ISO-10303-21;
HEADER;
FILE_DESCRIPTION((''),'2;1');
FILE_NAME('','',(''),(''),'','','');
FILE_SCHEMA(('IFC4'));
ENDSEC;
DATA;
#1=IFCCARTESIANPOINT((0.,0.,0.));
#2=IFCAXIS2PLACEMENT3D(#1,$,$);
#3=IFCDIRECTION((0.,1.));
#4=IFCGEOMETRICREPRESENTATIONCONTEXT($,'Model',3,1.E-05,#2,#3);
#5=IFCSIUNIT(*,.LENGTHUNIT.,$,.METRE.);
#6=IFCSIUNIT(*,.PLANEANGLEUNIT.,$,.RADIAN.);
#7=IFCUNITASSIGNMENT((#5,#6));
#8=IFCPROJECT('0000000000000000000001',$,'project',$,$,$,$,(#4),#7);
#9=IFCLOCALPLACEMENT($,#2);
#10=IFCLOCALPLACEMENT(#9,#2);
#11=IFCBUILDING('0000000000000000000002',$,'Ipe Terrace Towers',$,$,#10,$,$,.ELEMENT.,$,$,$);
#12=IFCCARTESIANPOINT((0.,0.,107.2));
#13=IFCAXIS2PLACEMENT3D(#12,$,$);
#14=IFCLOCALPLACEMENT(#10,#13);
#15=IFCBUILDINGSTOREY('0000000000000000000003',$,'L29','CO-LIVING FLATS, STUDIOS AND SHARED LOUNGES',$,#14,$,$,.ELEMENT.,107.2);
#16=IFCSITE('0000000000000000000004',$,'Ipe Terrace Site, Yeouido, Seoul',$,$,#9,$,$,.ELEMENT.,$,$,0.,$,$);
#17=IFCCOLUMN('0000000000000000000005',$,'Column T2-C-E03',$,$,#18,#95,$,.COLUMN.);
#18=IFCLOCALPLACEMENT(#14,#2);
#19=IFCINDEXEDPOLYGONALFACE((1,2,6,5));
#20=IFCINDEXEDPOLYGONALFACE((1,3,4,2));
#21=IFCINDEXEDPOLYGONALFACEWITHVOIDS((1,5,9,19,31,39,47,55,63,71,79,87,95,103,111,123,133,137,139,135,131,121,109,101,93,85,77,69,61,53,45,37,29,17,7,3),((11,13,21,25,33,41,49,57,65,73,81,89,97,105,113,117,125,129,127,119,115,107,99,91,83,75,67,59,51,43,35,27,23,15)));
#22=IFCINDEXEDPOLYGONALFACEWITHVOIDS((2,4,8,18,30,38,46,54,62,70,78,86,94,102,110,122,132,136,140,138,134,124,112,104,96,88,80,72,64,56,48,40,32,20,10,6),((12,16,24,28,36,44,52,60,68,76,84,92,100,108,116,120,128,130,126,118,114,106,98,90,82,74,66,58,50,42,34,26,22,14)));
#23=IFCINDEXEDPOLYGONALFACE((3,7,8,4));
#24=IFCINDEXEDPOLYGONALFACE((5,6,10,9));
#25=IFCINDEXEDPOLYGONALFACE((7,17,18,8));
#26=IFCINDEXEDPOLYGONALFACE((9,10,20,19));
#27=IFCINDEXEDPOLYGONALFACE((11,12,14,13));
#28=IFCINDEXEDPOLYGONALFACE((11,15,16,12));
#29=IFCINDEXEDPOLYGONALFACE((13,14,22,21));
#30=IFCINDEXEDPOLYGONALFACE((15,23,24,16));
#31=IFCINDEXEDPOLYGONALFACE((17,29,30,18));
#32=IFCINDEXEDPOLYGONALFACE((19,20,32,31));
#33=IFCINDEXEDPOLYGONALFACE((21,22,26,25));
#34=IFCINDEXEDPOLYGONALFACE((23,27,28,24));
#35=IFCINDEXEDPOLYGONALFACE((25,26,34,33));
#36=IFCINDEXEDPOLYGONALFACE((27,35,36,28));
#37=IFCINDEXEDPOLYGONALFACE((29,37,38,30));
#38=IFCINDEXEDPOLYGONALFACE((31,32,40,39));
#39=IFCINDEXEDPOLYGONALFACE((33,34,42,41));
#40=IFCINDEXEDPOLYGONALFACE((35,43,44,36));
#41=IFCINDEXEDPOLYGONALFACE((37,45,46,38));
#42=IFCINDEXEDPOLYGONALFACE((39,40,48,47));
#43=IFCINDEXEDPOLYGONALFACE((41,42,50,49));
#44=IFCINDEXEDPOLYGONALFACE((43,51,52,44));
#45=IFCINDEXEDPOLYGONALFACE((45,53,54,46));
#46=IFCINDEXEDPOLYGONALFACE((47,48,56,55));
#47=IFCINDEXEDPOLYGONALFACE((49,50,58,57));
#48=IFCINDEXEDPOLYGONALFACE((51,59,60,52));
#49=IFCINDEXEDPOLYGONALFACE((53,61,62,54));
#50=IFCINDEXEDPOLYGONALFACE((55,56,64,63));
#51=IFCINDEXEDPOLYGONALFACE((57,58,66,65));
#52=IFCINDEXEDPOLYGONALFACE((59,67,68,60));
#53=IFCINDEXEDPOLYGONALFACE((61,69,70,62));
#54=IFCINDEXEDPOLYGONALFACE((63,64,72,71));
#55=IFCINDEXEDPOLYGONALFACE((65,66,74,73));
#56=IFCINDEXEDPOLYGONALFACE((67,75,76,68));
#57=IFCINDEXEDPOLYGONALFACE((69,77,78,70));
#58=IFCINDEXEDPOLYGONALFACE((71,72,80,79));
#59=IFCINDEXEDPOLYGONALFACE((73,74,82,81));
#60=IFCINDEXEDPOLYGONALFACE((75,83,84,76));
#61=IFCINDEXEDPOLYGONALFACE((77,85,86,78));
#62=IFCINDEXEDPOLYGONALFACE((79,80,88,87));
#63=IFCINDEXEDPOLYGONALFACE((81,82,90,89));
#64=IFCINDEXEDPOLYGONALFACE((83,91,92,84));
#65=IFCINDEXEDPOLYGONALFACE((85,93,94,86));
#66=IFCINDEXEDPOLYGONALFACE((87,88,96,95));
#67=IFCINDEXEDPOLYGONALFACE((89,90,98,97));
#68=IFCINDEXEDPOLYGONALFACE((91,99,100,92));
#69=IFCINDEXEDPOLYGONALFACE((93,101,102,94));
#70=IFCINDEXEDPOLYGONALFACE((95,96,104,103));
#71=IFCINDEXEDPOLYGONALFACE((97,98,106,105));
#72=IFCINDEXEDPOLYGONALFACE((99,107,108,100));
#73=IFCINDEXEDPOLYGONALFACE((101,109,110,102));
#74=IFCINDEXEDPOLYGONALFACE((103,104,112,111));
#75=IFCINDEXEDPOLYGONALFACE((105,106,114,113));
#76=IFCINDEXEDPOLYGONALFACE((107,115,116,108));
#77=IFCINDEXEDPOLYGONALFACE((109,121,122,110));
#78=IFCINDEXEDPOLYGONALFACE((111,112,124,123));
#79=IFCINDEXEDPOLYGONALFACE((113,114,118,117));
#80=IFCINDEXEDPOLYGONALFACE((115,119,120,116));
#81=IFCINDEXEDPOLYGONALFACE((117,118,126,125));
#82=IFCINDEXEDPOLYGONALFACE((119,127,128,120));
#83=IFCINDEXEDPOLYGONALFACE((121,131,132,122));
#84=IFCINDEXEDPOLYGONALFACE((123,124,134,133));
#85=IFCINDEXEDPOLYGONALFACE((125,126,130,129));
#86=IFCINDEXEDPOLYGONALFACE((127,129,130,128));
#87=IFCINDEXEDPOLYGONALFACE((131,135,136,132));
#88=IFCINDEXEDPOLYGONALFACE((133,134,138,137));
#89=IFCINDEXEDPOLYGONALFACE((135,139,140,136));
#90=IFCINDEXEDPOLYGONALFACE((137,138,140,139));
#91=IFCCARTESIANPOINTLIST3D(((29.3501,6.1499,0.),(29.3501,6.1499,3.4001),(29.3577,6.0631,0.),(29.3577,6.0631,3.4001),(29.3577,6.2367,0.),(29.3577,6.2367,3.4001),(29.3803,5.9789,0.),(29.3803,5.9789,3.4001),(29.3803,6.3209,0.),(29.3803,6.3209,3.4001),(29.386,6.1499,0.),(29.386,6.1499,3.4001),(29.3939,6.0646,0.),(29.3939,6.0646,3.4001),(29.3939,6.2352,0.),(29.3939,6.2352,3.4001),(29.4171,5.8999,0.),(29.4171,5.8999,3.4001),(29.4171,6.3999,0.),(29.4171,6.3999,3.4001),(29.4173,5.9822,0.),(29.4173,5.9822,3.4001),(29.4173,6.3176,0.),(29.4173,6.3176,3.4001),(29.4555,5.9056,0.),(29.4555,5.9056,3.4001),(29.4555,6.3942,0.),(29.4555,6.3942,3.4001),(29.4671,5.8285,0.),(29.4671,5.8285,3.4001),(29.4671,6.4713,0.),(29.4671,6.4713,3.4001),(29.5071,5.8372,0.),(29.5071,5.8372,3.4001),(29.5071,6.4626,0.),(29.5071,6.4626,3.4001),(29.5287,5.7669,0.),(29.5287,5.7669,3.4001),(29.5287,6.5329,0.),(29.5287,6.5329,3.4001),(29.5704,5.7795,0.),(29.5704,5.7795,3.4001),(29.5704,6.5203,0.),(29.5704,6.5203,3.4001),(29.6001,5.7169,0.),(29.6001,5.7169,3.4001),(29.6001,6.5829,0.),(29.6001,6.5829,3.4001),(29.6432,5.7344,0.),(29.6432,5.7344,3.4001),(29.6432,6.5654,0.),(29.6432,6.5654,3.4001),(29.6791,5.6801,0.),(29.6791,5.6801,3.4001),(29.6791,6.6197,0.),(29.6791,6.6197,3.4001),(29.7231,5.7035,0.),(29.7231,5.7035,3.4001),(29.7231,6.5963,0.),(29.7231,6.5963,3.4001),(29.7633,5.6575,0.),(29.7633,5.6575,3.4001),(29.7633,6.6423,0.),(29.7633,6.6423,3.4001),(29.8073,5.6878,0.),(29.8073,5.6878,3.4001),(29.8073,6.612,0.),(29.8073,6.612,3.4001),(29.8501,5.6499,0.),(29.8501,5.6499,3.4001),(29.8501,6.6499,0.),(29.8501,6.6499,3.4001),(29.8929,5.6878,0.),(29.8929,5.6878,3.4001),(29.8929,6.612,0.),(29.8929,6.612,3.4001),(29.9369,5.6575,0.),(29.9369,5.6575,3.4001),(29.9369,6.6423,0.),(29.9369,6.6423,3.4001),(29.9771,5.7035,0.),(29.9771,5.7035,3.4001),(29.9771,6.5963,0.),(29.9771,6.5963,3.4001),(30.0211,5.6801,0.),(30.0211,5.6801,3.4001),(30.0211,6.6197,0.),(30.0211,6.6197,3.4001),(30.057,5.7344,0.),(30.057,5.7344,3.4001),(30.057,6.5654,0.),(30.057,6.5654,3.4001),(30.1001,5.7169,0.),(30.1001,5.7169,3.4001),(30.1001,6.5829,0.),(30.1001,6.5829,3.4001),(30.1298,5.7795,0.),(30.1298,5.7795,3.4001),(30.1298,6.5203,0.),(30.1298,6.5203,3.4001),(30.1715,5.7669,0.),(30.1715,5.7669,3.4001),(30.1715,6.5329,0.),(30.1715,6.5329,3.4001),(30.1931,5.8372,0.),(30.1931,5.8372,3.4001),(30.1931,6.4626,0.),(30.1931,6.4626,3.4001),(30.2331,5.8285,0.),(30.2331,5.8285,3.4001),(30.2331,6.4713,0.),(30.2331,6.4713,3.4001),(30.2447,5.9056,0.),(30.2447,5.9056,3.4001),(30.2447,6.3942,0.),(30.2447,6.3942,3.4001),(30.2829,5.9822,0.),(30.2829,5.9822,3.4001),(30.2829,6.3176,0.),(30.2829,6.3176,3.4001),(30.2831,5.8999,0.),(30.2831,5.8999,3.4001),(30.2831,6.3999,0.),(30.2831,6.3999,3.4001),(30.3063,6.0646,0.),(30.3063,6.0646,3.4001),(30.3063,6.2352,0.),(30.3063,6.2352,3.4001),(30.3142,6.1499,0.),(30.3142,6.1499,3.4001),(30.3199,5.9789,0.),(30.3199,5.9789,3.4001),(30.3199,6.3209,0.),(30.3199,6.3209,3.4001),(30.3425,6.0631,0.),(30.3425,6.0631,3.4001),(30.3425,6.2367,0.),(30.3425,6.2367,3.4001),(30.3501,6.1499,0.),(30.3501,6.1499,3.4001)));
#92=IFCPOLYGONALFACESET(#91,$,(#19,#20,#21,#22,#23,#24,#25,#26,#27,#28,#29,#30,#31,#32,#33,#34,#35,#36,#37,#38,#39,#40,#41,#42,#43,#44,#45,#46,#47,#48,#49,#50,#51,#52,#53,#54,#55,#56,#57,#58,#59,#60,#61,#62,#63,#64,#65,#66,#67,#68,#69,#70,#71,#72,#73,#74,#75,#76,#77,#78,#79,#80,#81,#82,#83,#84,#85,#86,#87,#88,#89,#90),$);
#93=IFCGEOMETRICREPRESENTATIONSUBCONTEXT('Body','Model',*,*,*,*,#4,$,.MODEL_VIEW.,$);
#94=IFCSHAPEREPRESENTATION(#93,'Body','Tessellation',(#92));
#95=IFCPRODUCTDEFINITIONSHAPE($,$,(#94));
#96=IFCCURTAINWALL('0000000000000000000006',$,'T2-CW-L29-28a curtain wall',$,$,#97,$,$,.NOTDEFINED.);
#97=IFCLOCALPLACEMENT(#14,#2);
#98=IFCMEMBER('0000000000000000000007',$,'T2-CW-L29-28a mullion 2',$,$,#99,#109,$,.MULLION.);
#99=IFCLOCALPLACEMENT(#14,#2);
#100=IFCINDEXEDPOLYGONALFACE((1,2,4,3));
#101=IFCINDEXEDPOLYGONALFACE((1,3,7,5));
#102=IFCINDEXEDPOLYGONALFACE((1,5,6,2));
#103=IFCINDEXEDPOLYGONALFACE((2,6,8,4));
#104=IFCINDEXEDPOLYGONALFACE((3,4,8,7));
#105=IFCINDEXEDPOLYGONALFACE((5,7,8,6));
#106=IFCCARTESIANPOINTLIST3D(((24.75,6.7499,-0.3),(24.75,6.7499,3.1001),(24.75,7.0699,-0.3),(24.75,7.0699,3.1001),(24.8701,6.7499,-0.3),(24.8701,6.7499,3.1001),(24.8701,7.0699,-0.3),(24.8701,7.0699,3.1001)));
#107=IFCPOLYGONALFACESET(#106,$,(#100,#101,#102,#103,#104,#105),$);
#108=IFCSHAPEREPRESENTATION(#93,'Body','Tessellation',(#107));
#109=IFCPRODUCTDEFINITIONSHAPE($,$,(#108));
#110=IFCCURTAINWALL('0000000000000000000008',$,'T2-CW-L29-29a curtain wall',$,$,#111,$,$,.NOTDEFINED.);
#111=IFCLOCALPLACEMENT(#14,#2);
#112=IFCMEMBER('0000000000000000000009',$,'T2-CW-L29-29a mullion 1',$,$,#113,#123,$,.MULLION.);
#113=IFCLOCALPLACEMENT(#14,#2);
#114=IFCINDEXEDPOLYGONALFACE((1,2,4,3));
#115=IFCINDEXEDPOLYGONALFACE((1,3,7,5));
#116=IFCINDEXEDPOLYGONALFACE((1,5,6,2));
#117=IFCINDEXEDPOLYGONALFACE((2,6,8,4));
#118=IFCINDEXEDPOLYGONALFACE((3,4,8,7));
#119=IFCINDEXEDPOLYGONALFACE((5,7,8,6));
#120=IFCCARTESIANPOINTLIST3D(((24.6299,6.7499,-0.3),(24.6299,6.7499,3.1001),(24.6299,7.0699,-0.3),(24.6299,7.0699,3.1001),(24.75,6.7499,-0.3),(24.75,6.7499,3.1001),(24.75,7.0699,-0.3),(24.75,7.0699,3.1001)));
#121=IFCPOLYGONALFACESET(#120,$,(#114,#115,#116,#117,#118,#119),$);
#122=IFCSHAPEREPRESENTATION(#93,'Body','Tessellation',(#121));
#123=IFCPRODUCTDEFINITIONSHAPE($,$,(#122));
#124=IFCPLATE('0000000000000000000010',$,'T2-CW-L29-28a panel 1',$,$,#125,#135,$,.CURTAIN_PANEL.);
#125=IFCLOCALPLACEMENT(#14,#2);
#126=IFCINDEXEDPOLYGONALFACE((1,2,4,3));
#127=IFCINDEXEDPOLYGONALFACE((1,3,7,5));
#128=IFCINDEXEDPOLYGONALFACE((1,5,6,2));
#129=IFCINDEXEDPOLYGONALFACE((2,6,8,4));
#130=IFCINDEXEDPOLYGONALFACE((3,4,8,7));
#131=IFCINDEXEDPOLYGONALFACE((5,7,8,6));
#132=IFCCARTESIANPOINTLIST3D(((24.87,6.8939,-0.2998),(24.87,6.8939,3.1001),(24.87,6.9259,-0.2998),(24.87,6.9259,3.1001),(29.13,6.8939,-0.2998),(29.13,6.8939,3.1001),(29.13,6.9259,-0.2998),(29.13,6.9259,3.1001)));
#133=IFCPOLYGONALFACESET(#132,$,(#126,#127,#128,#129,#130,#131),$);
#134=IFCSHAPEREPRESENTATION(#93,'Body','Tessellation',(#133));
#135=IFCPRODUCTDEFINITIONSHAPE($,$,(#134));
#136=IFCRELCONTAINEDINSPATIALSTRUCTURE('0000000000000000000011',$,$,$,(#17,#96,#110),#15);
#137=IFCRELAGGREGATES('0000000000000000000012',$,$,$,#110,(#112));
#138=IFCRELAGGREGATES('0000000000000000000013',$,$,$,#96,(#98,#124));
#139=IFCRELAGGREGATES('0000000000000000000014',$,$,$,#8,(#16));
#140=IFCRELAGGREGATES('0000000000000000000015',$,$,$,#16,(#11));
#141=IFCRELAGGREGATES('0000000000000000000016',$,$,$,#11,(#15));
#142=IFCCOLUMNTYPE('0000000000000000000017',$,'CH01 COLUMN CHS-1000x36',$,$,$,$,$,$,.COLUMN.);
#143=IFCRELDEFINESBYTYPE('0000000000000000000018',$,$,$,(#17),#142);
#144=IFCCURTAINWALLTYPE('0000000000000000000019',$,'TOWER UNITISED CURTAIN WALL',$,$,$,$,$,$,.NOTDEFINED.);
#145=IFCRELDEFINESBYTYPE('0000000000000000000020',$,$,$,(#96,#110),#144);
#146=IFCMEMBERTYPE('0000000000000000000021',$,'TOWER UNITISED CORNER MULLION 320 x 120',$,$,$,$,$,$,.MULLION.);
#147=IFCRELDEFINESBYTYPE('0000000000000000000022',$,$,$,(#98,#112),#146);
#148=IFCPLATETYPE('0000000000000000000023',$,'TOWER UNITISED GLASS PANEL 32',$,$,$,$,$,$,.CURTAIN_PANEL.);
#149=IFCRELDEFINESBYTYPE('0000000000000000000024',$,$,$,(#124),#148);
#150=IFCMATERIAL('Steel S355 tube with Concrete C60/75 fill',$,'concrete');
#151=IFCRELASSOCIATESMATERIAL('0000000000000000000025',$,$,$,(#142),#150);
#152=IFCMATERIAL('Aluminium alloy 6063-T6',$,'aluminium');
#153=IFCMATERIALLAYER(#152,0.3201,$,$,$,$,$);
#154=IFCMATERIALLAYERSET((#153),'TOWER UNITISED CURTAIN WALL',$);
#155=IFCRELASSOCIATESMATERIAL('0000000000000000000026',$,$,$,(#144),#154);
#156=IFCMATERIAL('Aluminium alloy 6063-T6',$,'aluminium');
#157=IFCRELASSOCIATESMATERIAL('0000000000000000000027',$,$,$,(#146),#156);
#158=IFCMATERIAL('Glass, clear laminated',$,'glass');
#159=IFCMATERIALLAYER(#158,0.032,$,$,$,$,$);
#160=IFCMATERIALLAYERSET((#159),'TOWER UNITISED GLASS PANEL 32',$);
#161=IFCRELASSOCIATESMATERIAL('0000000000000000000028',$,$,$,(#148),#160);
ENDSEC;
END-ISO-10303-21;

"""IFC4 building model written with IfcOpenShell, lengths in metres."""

from ifc_helpers import new_model, si_unit, direction, frame, origin, origin_2d, place, context, subcontext, project, spatial, rectangle, hollow_circle, extrude, material, layer, layer_set, material_profile, profile_set, type_object, element, aggregate, save


model = new_model("IFC4")

# Units and contexts
model_context = context("Model", 3, precision=1e-05, world=origin(), true_north=direction((0.0, 1.0)))
body_context = subcontext(model_context, "Body", "Model", "MODEL_VIEW")
ifc_project = project(units=[si_unit("LENGTHUNIT", "METRE"), si_unit("PLANEANGLEUNIT", "RADIAN")], contexts=[model_context])

# Site, building, storey
site_placement = place(None, origin())
site = spatial("IfcSite", under=ifc_project, at=site_placement, Name="Ipe Terrace Site, Yeouido, Seoul", CompositionType="ELEMENT", RefElevation=0.0)
building_placement = place(site_placement, origin())
building = spatial("IfcBuilding", under=site, at=building_placement, Name="Ipe Terrace Towers", CompositionType="ELEMENT")
storey_placement = place(building_placement, frame((0.0, 0.0, 107.2)))
storey = spatial("IfcBuildingStorey", under=building, at=storey_placement, Name="L29", Description="CO-LIVING FLATS, STUDIOS AND SHARED LOUNGES", CompositionType="ELEMENT", Elevation=107.2)

# Column
ifc_material_1 = material(Name="Steel S355 tube with Concrete C60/75 fill", Category="concrete")
ifc_material_profile_1 = material_profile(ifc_material_1, hollow_circle(Radius=0.5, WallThickness=0.0359, at=origin_2d()), Name="CHS-1000x36")
ifc_profile_set_1 = profile_set([ifc_material_profile_1], Name="Steel S355 tube with Concrete C60/75 fill")
column_type = type_object("IfcColumnType", Name="CH01 COLUMN CHS-1000x36", PredefinedType="COLUMN", material=ifc_profile_set_1)
column_placement = place(storey_placement, frame((29.8501, 6.1499, 0.0), z_axis=(0.0, 0.0, 1.0), x_axis=(1.0, 0.0, 0.0)))
element("IfcColumn", 1, at=column_placement, inside=storey, type_object=column_type, Name="Column T2-C-E03", PredefinedType="COLUMN", context=body_context, shape_type="SweptSolid", body=[
    extrude(hollow_circle(Radius=0.5, WallThickness=0.0359, at=origin_2d()), origin(), (0.0, 0.0, 1.0), 3.4001),
])

# Curtain walls, members
ifc_material_2 = material(Name="Aluminium alloy 6063-T6", Category="aluminium")
ifc_layer_1 = layer(ifc_material_2, 0.3201)
ifc_layer_set_1 = layer_set([ifc_layer_1], Name="TOWER UNITISED CURTAIN WALL")
curtain_wall_type = type_object("IfcCurtainWallType", Name="TOWER UNITISED CURTAIN WALL", PredefinedType="NOTDEFINED", material=ifc_layer_set_1)
curtain_wall_1_placement = place(storey_placement, origin())
curtain_wall_1 = element("IfcCurtainWall", 2, at=curtain_wall_1_placement, inside=storey, type_object=curtain_wall_type, Name="T2-CW-L29-28a curtain wall", PredefinedType="NOTDEFINED")
ifc_material_3 = material(Name="Aluminium alloy 6063-T6", Category="aluminium")
ifc_material_profile_2 = material_profile(ifc_material_3, rectangle(XDim=0.3201, YDim=0.1201, at=origin_2d()), Name="TOWER UNITISED CORNER MULLION 320 x 120")
ifc_profile_set_2 = profile_set([ifc_material_profile_2], Name="Aluminium alloy 6063-T6")
member_type = type_object("IfcMemberType", Name="TOWER UNITISED CORNER MULLION 320 x 120", PredefinedType="MULLION", material=ifc_profile_set_2)
member_1_placement = place(storey_placement, frame((24.8101, 6.9099, -0.3), z_axis=(0.0, 0.0, 1.0), x_axis=(0.0, 1.0, 0.0)))
member_1 = element("IfcMember", 3, at=member_1_placement, type_object=member_type, Name="T2-CW-L29-28a mullion 2", PredefinedType="MULLION", context=body_context, shape_type="SweptSolid", body=[
    extrude(rectangle(XDim=0.3201, YDim=0.1201, at=origin_2d()), origin(), (0.0, 0.0, 1.0), 3.4001),
])
curtain_wall_2_placement = place(storey_placement, origin())
curtain_wall_2 = element("IfcCurtainWall", 4, at=curtain_wall_2_placement, inside=storey, type_object=curtain_wall_type, Name="T2-CW-L29-29a curtain wall", PredefinedType="NOTDEFINED")
member_2_placement = place(storey_placement, frame((24.6899, 6.9099, -0.3), z_axis=(0.0, 0.0, 1.0), x_axis=(0.0, 1.0, 0.0)))
member_2 = element("IfcMember", 5, at=member_2_placement, type_object=member_type, Name="T2-CW-L29-29a mullion 1", PredefinedType="MULLION", context=body_context, shape_type="SweptSolid", body=[
    extrude(rectangle(XDim=0.3201, YDim=0.1201, at=origin_2d()), origin(), (0.0, 0.0, 1.0), 3.4001),
])
aggregate(curtain_wall_2, [member_2])

# Plate
ifc_material_4 = material(Name="Glass, clear laminated", Category="glass")
ifc_layer_2 = layer(ifc_material_4, 0.032)
ifc_layer_set_2 = layer_set([ifc_layer_2], Name="TOWER UNITISED GLASS PANEL 32")
plate_type = type_object("IfcPlateType", Name="TOWER UNITISED GLASS PANEL 32", PredefinedType="CURTAIN_PANEL", material=ifc_layer_set_2)
plate_placement = place(storey_placement, frame((27.0, 6.9099, -0.2998), z_axis=(0.0, 0.0, 1.0), x_axis=(-1.0, 0.0, 0.0)))
plate = element("IfcPlate", 6, at=plate_placement, type_object=plate_type, Name="T2-CW-L29-28a panel 1", PredefinedType="CURTAIN_PANEL", context=body_context, shape_type="SweptSolid", body=[
    extrude(rectangle(XDim=4.26, YDim=0.032, at=origin_2d()), origin(), (0.0, 0.0, 1.0), 3.3999),
])
aggregate(curtain_wall_1, [member_1, plate])

save(model, "model.ifc")
